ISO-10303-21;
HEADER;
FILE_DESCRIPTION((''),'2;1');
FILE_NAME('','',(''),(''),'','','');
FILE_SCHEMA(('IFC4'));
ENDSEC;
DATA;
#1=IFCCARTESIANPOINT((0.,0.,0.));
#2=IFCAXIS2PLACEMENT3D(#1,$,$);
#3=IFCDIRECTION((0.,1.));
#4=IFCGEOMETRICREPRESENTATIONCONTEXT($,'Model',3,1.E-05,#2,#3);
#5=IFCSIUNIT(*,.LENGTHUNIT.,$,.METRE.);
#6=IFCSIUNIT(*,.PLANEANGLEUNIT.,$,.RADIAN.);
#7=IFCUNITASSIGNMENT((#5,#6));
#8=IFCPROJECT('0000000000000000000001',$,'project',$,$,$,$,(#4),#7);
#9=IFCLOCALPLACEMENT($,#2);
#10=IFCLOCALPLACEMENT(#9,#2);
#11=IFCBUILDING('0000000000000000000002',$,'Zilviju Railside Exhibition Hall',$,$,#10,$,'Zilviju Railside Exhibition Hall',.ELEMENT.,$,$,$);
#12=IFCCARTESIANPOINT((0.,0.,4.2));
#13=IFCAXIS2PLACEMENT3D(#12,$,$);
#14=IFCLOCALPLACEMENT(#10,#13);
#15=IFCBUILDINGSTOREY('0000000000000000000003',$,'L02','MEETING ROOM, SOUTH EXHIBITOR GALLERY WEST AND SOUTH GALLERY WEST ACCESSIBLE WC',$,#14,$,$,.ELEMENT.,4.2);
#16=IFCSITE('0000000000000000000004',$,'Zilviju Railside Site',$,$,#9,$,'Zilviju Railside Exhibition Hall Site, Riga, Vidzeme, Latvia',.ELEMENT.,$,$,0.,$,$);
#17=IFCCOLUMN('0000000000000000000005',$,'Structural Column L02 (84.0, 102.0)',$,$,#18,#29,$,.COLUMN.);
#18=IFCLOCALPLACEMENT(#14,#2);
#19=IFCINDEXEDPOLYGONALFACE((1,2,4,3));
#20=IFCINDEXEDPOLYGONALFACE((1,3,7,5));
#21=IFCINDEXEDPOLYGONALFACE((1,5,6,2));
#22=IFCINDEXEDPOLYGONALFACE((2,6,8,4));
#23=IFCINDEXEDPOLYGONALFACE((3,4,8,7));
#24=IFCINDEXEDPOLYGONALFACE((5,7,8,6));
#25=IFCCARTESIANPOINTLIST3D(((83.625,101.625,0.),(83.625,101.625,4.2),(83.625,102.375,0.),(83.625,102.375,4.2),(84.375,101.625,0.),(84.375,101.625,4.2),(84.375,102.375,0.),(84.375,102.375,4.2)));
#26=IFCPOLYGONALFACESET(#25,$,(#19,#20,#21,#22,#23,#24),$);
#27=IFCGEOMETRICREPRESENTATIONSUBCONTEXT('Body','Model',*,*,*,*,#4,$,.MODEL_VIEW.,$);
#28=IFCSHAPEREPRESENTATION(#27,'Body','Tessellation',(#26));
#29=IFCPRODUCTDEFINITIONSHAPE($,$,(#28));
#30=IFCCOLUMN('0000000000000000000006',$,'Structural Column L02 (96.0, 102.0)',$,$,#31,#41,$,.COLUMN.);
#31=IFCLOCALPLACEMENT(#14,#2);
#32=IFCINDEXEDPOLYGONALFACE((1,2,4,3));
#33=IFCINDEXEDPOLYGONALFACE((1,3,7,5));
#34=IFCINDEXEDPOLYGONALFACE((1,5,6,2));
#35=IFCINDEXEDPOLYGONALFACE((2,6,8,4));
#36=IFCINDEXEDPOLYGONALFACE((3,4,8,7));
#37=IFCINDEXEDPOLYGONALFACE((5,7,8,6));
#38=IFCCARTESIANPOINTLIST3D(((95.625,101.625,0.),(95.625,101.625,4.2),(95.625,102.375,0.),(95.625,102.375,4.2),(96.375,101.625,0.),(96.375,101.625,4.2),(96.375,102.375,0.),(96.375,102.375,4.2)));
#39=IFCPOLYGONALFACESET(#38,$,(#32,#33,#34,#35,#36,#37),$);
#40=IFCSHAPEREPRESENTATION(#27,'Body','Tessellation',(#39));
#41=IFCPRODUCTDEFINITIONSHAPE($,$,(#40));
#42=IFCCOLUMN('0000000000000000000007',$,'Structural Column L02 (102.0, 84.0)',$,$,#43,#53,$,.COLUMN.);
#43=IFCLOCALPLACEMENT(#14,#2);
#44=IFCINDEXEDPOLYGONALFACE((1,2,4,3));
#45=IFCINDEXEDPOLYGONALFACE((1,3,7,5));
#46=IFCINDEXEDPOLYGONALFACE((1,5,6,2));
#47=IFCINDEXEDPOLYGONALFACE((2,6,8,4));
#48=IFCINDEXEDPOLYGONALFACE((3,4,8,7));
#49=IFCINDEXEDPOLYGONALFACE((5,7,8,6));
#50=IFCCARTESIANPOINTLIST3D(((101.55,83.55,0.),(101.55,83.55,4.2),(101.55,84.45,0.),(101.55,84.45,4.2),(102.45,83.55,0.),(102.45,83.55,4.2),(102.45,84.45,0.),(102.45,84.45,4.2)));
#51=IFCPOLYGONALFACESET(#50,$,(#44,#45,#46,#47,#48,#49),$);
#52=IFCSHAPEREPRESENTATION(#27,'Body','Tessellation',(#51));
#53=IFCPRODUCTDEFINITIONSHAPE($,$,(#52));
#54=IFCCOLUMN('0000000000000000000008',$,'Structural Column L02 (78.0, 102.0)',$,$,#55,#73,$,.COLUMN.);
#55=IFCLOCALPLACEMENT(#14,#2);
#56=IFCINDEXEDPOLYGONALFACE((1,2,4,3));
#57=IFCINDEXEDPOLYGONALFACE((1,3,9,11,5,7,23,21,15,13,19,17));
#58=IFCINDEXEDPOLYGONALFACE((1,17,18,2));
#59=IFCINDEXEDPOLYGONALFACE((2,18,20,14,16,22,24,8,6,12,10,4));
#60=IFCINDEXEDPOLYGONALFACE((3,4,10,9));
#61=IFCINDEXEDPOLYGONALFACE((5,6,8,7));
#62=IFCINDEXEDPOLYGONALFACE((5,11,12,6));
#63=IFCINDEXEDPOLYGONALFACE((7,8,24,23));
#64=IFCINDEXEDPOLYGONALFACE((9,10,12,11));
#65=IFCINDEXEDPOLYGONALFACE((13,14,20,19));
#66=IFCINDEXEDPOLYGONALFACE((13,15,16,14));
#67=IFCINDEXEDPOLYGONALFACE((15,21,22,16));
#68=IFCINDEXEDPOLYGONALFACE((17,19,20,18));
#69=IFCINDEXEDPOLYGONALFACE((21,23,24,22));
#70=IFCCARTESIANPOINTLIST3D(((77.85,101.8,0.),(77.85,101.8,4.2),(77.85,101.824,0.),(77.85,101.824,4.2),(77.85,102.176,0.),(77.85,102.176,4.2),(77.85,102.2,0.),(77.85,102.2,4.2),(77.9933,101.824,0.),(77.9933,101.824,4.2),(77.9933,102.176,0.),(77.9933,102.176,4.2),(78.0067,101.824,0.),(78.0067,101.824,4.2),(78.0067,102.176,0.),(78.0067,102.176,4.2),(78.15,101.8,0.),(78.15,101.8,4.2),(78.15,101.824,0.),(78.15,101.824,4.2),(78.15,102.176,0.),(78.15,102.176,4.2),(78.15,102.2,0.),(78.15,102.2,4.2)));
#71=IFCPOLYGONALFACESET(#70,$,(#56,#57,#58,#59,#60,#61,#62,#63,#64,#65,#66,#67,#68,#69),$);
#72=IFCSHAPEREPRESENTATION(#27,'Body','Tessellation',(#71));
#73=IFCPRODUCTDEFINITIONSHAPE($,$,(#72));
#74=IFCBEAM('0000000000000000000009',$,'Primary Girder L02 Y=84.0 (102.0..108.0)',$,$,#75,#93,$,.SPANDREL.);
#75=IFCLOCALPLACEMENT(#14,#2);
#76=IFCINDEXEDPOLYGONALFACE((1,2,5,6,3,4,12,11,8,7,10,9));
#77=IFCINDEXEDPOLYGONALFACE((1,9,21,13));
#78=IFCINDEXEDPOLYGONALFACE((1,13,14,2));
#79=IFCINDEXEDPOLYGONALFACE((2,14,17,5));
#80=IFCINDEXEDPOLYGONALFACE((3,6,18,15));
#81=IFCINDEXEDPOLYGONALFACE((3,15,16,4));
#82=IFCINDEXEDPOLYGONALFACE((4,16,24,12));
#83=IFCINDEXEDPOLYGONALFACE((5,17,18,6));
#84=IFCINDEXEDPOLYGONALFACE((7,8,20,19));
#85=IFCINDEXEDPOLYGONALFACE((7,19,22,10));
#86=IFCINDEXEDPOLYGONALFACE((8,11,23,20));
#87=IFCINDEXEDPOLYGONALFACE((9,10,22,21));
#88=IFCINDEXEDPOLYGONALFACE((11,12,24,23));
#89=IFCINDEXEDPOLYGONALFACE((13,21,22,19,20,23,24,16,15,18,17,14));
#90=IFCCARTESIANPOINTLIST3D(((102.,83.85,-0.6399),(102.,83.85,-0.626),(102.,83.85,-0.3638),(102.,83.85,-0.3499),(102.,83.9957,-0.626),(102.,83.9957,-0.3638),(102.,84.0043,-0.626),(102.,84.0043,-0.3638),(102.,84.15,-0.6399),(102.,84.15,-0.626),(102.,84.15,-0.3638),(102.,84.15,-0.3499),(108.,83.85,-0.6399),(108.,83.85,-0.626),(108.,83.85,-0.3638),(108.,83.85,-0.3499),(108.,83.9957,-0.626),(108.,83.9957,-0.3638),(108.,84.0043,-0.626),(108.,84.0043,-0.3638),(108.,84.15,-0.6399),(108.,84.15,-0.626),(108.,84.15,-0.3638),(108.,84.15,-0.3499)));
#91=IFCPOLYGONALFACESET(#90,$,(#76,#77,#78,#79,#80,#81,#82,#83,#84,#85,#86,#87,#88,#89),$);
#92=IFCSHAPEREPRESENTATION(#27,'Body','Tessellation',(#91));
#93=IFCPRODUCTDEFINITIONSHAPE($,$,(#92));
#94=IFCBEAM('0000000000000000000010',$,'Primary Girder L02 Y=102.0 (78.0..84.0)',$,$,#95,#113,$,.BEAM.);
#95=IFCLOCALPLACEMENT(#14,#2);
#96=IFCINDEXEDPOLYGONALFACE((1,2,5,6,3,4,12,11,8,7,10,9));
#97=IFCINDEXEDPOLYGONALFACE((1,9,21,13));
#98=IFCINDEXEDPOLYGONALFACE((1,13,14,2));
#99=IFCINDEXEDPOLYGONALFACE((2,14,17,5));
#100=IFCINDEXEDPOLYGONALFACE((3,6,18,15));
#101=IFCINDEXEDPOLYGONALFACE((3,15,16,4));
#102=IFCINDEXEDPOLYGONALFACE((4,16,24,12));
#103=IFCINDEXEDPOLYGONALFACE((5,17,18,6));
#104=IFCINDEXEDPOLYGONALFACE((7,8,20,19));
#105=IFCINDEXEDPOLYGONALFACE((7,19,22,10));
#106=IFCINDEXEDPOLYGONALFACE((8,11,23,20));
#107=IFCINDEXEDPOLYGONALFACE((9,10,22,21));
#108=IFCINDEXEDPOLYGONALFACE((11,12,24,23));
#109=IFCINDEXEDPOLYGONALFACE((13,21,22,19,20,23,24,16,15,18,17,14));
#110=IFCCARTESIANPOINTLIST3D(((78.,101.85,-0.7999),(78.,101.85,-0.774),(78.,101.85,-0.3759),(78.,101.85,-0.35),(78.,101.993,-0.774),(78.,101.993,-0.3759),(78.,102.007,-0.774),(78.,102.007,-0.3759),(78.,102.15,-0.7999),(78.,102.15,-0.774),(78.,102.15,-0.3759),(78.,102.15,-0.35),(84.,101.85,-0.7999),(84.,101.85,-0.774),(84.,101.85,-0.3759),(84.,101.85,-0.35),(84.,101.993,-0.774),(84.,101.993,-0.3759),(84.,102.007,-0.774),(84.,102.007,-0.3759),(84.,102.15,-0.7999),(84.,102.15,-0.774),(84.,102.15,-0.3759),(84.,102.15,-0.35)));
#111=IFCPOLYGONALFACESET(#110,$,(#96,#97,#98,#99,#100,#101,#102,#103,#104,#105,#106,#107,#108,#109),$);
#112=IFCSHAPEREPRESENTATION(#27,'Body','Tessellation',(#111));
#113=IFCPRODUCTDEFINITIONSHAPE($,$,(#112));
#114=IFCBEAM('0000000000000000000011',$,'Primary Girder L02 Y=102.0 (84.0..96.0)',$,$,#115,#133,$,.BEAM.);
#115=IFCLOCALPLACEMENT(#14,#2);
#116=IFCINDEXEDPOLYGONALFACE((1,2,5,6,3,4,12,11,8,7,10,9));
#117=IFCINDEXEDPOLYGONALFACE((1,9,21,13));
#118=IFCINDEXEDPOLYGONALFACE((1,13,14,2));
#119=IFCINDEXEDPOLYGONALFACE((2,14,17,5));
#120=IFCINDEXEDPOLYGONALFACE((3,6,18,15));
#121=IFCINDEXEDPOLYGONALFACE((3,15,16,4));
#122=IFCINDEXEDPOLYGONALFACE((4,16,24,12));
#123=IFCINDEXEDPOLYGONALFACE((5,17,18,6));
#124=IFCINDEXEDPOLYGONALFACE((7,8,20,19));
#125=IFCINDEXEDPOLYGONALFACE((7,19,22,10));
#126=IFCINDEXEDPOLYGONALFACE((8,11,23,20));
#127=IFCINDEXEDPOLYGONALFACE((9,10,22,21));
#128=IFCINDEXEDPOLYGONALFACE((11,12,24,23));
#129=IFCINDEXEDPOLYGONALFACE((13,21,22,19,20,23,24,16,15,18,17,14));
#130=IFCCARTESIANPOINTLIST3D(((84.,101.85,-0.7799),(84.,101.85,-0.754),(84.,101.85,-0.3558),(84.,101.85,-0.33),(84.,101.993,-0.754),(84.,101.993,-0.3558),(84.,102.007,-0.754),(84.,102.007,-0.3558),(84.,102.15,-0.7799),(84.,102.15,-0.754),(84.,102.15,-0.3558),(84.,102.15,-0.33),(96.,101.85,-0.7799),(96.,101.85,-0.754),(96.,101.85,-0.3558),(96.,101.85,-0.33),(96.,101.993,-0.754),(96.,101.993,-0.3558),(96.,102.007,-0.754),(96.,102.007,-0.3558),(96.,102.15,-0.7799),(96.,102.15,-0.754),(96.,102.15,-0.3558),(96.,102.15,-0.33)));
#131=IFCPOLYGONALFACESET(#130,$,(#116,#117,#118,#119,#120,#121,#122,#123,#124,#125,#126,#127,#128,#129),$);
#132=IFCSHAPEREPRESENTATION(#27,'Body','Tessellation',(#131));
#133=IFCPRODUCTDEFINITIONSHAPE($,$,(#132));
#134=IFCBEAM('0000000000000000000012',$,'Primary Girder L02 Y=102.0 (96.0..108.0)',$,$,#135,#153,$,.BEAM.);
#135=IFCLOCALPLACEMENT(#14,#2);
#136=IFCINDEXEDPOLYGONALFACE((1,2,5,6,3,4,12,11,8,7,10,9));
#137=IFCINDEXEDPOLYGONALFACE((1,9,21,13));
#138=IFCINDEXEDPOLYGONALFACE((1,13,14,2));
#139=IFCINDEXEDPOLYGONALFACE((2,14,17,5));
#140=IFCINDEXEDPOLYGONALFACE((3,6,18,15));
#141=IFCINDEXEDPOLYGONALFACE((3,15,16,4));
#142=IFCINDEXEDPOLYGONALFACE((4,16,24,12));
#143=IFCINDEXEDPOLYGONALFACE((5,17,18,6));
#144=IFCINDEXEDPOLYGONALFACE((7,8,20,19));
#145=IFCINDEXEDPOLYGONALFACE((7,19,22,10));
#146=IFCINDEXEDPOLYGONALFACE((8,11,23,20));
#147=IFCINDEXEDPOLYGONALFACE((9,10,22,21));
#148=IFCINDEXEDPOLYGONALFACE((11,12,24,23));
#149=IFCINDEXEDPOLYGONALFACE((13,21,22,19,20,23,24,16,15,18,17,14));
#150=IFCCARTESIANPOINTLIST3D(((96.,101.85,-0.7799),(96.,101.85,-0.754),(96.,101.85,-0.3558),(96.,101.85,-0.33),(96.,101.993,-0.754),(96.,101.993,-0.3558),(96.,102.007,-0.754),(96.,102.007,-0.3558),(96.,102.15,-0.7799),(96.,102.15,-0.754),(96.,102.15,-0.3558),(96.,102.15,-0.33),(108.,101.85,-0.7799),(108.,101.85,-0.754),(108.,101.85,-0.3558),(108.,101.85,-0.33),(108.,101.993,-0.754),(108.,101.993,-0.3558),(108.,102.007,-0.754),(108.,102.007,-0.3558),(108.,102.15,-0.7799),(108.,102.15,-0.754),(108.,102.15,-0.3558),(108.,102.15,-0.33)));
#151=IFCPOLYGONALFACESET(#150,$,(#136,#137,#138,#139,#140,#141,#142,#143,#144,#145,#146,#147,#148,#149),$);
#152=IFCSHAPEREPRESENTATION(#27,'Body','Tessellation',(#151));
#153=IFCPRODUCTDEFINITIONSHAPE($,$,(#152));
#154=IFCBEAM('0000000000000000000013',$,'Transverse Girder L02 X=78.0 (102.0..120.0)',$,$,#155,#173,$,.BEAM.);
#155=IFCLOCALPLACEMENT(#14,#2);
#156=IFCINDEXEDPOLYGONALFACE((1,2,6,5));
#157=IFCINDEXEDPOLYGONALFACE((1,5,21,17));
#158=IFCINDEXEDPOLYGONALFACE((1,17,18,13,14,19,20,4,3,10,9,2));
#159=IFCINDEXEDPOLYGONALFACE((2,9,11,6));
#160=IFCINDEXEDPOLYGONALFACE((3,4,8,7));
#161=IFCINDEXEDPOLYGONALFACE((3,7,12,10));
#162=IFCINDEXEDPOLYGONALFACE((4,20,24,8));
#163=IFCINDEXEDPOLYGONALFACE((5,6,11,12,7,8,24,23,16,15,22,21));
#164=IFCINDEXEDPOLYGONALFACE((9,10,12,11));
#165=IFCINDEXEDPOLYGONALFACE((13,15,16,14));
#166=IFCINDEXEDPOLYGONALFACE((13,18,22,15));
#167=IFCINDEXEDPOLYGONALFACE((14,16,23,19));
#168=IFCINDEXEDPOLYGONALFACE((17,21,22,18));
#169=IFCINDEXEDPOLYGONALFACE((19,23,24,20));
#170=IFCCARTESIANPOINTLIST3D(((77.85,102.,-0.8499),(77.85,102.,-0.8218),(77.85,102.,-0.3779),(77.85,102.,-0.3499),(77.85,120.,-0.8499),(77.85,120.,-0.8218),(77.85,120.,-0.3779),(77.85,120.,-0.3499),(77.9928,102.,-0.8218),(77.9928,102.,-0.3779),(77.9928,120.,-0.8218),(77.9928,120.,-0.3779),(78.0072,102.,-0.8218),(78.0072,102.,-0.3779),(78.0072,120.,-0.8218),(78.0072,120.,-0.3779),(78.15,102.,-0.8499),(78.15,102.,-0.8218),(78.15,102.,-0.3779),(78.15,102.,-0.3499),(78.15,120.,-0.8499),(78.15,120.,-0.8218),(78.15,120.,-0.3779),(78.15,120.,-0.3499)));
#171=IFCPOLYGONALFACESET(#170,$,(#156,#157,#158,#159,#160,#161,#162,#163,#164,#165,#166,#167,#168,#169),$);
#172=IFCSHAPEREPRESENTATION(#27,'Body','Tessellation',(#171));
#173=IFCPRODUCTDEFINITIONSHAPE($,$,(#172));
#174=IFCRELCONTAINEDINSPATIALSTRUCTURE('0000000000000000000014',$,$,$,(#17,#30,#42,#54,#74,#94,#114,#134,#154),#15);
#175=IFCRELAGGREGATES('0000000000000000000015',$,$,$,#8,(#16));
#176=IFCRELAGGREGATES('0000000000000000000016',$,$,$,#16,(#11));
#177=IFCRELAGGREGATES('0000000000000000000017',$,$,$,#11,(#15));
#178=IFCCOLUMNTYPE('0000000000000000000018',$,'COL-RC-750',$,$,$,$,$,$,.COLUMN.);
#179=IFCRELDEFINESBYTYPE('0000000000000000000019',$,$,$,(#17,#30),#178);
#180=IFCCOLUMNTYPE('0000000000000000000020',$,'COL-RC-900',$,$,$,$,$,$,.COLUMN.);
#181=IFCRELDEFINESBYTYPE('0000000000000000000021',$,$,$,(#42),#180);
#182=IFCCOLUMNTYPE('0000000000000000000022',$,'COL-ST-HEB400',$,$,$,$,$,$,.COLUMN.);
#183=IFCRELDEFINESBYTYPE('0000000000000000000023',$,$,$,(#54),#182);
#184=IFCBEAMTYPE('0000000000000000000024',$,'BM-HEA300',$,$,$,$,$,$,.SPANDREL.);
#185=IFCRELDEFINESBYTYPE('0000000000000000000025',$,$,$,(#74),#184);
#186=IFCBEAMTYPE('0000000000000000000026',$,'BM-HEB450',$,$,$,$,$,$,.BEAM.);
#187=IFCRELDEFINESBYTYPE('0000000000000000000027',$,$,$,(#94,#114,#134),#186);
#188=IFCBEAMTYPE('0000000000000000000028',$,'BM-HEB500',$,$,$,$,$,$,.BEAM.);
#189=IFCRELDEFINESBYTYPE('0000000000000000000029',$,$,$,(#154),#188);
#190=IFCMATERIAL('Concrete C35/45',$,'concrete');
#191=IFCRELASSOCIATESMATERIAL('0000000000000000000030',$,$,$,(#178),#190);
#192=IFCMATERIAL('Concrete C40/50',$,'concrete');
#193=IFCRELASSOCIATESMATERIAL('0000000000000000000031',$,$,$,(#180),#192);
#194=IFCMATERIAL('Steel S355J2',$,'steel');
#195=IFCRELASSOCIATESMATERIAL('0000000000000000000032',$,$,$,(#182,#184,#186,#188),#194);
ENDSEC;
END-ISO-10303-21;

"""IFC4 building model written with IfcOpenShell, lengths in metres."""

from ifc_helpers import new_model, si_unit, direction, frame, origin, origin_2d, place, context, subcontext, project, spatial, rectangle, i_section, extrude, material, material_profile, profile_set, type_object, element, save


model = new_model("IFC4")

# Units and contexts
model_context = context("Model", 3, precision=1e-05, world=origin(), true_north=direction((0.0, 1.0)))
body_context = subcontext(model_context, "Body", "Model", "MODEL_VIEW")
ifc_project = project(units=[si_unit("LENGTHUNIT", "METRE"), si_unit("PLANEANGLEUNIT", "RADIAN")], contexts=[model_context])

# Site, building, storey
site_placement = place(None, origin())
site = spatial("IfcSite", under=ifc_project, at=site_placement, Name="Zilviju Railside Site", LongName="Zilviju Railside Exhibition Hall Site, Riga, Vidzeme, Latvia", CompositionType="ELEMENT", RefElevation=0.0)
building_placement = place(site_placement, origin())
building = spatial("IfcBuilding", under=site, at=building_placement, Name="Zilviju Railside Exhibition Hall", LongName="Zilviju Railside Exhibition Hall", CompositionType="ELEMENT")
storey_placement = place(building_placement, frame((0.0, 0.0, 4.2)))
storey = spatial("IfcBuildingStorey", under=building, at=storey_placement, Name="L02", Description="MEETING ROOM, SOUTH EXHIBITOR GALLERY WEST AND SOUTH GALLERY WEST ACCESSIBLE WC", CompositionType="ELEMENT", Elevation=4.2)

# Columns
ifc_material_1 = material(Name="Concrete C35/45", Category="concrete")
ifc_material_profile_1 = material_profile(ifc_material_1, rectangle(XDim=0.75, YDim=0.75, at=origin_2d()), Name="RC COL 750x750")
ifc_profile_set_1 = profile_set([ifc_material_profile_1], Name="Concrete C35/45")
column_type_1 = type_object("IfcColumnType", Name="COL-RC-750", PredefinedType="COLUMN", material=ifc_profile_set_1)
for number, where, z_axis, x_axis, name in (
    (1, (84.0, 102.0, 0.0), (0.0, 0.0, 1.0), (1.0, 0.0, 0.0), "Structural Column L02 (84.0, 102.0)"),
    (2, (96.0, 102.0, 0.0), (0.0, 0.0, 1.0), (1.0, 0.0, 0.0), "Structural Column L02 (96.0, 102.0)"),
):
    element("IfcColumn", number, at=place(storey_placement, frame(where, z_axis=z_axis, x_axis=x_axis)), inside=storey, type_object=column_type_1, Name=name, PredefinedType="COLUMN", context=body_context, shape_type="SweptSolid", body=[
        extrude(rectangle(XDim=0.75, YDim=0.75, at=origin_2d()), origin(), (0.0, 0.0, 1.0), 4.2),
    ])
ifc_material_2 = material(Name="Concrete C40/50", Category="concrete")
ifc_material_profile_2 = material_profile(ifc_material_2, rectangle(XDim=0.8999, YDim=0.8999, at=origin_2d()), Name="RC COL 900x900")
ifc_profile_set_2 = profile_set([ifc_material_profile_2], Name="Concrete C40/50")
column_type_2 = type_object("IfcColumnType", Name="COL-RC-900", PredefinedType="COLUMN", material=ifc_profile_set_2)
column_1_placement = place(storey_placement, frame((102.0, 84.0, 0.0), z_axis=(0.0, 0.0, 1.0), x_axis=(1.0, 0.0, 0.0)))
element("IfcColumn", 3, at=column_1_placement, inside=storey, type_object=column_type_2, Name="Structural Column L02 (102.0, 84.0)", PredefinedType="COLUMN", context=body_context, shape_type="SweptSolid", body=[
    extrude(rectangle(XDim=0.8999, YDim=0.8999, at=origin_2d()), origin(), (0.0, 0.0, 1.0), 4.2),
])
ifc_material_3 = material(Name="Steel S355J2", Category="steel")
ifc_material_profile_3 = material_profile(ifc_material_3, i_section(OverallWidth=0.3, OverallDepth=0.3999, WebThickness=0.0134, FlangeThickness=0.0239, at=origin_2d()), Name="HEB 400")
ifc_profile_set_3 = profile_set([ifc_material_profile_3], Name="Steel S355J2")
column_type_3 = type_object("IfcColumnType", Name="COL-ST-HEB400", PredefinedType="COLUMN", material=ifc_profile_set_3)
column_2_placement = place(storey_placement, frame((78.0, 102.0, 0.0), z_axis=(0.0, 0.0, 1.0), x_axis=(1.0, 0.0, 0.0)))
element("IfcColumn", 4, at=column_2_placement, inside=storey, type_object=column_type_3, Name="Structural Column L02 (78.0, 102.0)", PredefinedType="COLUMN", context=body_context, shape_type="SweptSolid", body=[
    extrude(i_section(OverallWidth=0.3, OverallDepth=0.3999, WebThickness=0.0134, FlangeThickness=0.0239, at=origin_2d()), origin(), (0.0, 0.0, 1.0), 4.2),
])

# Beams
ifc_material_profile_4 = material_profile(ifc_material_3, i_section(OverallWidth=0.3, OverallDepth=0.29, WebThickness=0.0085, FlangeThickness=0.0139, at=origin_2d()), Name="HEA 300")
ifc_profile_set_4 = profile_set([ifc_material_profile_4], Name="Steel S355J2")
beam_type_1 = type_object("IfcBeamType", Name="BM-HEA300", PredefinedType="SPANDREL", material=ifc_profile_set_4)
beam_1_placement = place(storey_placement, frame((102.0, 84.0, -0.4949), z_axis=(1.0, 0.0, 0.0), x_axis=(0.0, 1.0, 0.0)))
element("IfcBeam", 5, at=beam_1_placement, inside=storey, type_object=beam_type_1, Name="Primary Girder L02 Y=84.0 (102.0..108.0)", PredefinedType="SPANDREL", context=body_context, shape_type="SweptSolid", body=[
    extrude(i_section(OverallWidth=0.3, OverallDepth=0.29, WebThickness=0.0085, FlangeThickness=0.0139, at=origin_2d()), origin(), (0.0, 0.0, 1.0), 6.0),
])
ifc_material_profile_5 = material_profile(ifc_material_3, i_section(OverallWidth=0.3, OverallDepth=0.45, WebThickness=0.0139, FlangeThickness=0.0259, at=origin_2d()), Name="HEB 450")
ifc_profile_set_5 = profile_set([ifc_material_profile_5], Name="Steel S355J2")
beam_type_2 = type_object("IfcBeamType", Name="BM-HEB450", PredefinedType="BEAM", material=ifc_profile_set_5)
beam_2_placement = place(storey_placement, frame((78.0, 102.0, -0.575), z_axis=(1.0, 0.0, 0.0), x_axis=(0.0, 1.0, 0.0)))
element("IfcBeam", 6, at=beam_2_placement, inside=storey, type_object=beam_type_2, Name="Primary Girder L02 Y=102.0 (78.0..84.0)", PredefinedType="BEAM", context=body_context, shape_type="SweptSolid", body=[
    extrude(i_section(OverallWidth=0.3, OverallDepth=0.45, WebThickness=0.0139, FlangeThickness=0.0259, at=origin_2d()), origin(), (0.0, 0.0, 1.0), 6.0),
])
for number, where, z_axis, x_axis, name in (
    (7, (84.0, 102.0, -0.5549), (1.0, 0.0, 0.0), (0.0, 1.0, 0.0), "Primary Girder L02 Y=102.0 (84.0..96.0)"),
    (8, (96.0, 102.0, -0.5549), (1.0, 0.0, 0.0), (0.0, 1.0, 0.0), "Primary Girder L02 Y=102.0 (96.0..108.0)"),
):
    element("IfcBeam", number, at=place(storey_placement, frame(where, z_axis=z_axis, x_axis=x_axis)), inside=storey, type_object=beam_type_2, Name=name, PredefinedType="BEAM", context=body_context, shape_type="SweptSolid", body=[
        extrude(i_section(OverallWidth=0.3, OverallDepth=0.45, WebThickness=0.0139, FlangeThickness=0.0259, at=origin_2d()), origin(), (0.0, 0.0, 1.0), 12.0),
    ])
ifc_material_profile_6 = material_profile(ifc_material_3, i_section(OverallWidth=0.3, OverallDepth=0.5, WebThickness=0.0144, FlangeThickness=0.0281, at=origin_2d()), Name="HEB 500")
ifc_profile_set_6 = profile_set([ifc_material_profile_6], Name="Steel S355J2")
beam_type_3 = type_object("IfcBeamType", Name="BM-HEB500", PredefinedType="BEAM", material=ifc_profile_set_6)
beam_3_placement = place(storey_placement, frame((78.0, 102.0, -0.5999), z_axis=(0.0, 1.0, 0.0), x_axis=(-1.0, 0.0, 0.0)))
element("IfcBeam", 9, at=beam_3_placement, inside=storey, type_object=beam_type_3, Name="Transverse Girder L02 X=78.0 (102.0..120.0)", PredefinedType="BEAM", context=body_context, shape_type="SweptSolid", body=[
    extrude(i_section(OverallWidth=0.3, OverallDepth=0.5, WebThickness=0.0144, FlangeThickness=0.0281, at=origin_2d()), origin(), (0.0, 0.0, 1.0), 18.0),
])

save(model, "model.ifc")
